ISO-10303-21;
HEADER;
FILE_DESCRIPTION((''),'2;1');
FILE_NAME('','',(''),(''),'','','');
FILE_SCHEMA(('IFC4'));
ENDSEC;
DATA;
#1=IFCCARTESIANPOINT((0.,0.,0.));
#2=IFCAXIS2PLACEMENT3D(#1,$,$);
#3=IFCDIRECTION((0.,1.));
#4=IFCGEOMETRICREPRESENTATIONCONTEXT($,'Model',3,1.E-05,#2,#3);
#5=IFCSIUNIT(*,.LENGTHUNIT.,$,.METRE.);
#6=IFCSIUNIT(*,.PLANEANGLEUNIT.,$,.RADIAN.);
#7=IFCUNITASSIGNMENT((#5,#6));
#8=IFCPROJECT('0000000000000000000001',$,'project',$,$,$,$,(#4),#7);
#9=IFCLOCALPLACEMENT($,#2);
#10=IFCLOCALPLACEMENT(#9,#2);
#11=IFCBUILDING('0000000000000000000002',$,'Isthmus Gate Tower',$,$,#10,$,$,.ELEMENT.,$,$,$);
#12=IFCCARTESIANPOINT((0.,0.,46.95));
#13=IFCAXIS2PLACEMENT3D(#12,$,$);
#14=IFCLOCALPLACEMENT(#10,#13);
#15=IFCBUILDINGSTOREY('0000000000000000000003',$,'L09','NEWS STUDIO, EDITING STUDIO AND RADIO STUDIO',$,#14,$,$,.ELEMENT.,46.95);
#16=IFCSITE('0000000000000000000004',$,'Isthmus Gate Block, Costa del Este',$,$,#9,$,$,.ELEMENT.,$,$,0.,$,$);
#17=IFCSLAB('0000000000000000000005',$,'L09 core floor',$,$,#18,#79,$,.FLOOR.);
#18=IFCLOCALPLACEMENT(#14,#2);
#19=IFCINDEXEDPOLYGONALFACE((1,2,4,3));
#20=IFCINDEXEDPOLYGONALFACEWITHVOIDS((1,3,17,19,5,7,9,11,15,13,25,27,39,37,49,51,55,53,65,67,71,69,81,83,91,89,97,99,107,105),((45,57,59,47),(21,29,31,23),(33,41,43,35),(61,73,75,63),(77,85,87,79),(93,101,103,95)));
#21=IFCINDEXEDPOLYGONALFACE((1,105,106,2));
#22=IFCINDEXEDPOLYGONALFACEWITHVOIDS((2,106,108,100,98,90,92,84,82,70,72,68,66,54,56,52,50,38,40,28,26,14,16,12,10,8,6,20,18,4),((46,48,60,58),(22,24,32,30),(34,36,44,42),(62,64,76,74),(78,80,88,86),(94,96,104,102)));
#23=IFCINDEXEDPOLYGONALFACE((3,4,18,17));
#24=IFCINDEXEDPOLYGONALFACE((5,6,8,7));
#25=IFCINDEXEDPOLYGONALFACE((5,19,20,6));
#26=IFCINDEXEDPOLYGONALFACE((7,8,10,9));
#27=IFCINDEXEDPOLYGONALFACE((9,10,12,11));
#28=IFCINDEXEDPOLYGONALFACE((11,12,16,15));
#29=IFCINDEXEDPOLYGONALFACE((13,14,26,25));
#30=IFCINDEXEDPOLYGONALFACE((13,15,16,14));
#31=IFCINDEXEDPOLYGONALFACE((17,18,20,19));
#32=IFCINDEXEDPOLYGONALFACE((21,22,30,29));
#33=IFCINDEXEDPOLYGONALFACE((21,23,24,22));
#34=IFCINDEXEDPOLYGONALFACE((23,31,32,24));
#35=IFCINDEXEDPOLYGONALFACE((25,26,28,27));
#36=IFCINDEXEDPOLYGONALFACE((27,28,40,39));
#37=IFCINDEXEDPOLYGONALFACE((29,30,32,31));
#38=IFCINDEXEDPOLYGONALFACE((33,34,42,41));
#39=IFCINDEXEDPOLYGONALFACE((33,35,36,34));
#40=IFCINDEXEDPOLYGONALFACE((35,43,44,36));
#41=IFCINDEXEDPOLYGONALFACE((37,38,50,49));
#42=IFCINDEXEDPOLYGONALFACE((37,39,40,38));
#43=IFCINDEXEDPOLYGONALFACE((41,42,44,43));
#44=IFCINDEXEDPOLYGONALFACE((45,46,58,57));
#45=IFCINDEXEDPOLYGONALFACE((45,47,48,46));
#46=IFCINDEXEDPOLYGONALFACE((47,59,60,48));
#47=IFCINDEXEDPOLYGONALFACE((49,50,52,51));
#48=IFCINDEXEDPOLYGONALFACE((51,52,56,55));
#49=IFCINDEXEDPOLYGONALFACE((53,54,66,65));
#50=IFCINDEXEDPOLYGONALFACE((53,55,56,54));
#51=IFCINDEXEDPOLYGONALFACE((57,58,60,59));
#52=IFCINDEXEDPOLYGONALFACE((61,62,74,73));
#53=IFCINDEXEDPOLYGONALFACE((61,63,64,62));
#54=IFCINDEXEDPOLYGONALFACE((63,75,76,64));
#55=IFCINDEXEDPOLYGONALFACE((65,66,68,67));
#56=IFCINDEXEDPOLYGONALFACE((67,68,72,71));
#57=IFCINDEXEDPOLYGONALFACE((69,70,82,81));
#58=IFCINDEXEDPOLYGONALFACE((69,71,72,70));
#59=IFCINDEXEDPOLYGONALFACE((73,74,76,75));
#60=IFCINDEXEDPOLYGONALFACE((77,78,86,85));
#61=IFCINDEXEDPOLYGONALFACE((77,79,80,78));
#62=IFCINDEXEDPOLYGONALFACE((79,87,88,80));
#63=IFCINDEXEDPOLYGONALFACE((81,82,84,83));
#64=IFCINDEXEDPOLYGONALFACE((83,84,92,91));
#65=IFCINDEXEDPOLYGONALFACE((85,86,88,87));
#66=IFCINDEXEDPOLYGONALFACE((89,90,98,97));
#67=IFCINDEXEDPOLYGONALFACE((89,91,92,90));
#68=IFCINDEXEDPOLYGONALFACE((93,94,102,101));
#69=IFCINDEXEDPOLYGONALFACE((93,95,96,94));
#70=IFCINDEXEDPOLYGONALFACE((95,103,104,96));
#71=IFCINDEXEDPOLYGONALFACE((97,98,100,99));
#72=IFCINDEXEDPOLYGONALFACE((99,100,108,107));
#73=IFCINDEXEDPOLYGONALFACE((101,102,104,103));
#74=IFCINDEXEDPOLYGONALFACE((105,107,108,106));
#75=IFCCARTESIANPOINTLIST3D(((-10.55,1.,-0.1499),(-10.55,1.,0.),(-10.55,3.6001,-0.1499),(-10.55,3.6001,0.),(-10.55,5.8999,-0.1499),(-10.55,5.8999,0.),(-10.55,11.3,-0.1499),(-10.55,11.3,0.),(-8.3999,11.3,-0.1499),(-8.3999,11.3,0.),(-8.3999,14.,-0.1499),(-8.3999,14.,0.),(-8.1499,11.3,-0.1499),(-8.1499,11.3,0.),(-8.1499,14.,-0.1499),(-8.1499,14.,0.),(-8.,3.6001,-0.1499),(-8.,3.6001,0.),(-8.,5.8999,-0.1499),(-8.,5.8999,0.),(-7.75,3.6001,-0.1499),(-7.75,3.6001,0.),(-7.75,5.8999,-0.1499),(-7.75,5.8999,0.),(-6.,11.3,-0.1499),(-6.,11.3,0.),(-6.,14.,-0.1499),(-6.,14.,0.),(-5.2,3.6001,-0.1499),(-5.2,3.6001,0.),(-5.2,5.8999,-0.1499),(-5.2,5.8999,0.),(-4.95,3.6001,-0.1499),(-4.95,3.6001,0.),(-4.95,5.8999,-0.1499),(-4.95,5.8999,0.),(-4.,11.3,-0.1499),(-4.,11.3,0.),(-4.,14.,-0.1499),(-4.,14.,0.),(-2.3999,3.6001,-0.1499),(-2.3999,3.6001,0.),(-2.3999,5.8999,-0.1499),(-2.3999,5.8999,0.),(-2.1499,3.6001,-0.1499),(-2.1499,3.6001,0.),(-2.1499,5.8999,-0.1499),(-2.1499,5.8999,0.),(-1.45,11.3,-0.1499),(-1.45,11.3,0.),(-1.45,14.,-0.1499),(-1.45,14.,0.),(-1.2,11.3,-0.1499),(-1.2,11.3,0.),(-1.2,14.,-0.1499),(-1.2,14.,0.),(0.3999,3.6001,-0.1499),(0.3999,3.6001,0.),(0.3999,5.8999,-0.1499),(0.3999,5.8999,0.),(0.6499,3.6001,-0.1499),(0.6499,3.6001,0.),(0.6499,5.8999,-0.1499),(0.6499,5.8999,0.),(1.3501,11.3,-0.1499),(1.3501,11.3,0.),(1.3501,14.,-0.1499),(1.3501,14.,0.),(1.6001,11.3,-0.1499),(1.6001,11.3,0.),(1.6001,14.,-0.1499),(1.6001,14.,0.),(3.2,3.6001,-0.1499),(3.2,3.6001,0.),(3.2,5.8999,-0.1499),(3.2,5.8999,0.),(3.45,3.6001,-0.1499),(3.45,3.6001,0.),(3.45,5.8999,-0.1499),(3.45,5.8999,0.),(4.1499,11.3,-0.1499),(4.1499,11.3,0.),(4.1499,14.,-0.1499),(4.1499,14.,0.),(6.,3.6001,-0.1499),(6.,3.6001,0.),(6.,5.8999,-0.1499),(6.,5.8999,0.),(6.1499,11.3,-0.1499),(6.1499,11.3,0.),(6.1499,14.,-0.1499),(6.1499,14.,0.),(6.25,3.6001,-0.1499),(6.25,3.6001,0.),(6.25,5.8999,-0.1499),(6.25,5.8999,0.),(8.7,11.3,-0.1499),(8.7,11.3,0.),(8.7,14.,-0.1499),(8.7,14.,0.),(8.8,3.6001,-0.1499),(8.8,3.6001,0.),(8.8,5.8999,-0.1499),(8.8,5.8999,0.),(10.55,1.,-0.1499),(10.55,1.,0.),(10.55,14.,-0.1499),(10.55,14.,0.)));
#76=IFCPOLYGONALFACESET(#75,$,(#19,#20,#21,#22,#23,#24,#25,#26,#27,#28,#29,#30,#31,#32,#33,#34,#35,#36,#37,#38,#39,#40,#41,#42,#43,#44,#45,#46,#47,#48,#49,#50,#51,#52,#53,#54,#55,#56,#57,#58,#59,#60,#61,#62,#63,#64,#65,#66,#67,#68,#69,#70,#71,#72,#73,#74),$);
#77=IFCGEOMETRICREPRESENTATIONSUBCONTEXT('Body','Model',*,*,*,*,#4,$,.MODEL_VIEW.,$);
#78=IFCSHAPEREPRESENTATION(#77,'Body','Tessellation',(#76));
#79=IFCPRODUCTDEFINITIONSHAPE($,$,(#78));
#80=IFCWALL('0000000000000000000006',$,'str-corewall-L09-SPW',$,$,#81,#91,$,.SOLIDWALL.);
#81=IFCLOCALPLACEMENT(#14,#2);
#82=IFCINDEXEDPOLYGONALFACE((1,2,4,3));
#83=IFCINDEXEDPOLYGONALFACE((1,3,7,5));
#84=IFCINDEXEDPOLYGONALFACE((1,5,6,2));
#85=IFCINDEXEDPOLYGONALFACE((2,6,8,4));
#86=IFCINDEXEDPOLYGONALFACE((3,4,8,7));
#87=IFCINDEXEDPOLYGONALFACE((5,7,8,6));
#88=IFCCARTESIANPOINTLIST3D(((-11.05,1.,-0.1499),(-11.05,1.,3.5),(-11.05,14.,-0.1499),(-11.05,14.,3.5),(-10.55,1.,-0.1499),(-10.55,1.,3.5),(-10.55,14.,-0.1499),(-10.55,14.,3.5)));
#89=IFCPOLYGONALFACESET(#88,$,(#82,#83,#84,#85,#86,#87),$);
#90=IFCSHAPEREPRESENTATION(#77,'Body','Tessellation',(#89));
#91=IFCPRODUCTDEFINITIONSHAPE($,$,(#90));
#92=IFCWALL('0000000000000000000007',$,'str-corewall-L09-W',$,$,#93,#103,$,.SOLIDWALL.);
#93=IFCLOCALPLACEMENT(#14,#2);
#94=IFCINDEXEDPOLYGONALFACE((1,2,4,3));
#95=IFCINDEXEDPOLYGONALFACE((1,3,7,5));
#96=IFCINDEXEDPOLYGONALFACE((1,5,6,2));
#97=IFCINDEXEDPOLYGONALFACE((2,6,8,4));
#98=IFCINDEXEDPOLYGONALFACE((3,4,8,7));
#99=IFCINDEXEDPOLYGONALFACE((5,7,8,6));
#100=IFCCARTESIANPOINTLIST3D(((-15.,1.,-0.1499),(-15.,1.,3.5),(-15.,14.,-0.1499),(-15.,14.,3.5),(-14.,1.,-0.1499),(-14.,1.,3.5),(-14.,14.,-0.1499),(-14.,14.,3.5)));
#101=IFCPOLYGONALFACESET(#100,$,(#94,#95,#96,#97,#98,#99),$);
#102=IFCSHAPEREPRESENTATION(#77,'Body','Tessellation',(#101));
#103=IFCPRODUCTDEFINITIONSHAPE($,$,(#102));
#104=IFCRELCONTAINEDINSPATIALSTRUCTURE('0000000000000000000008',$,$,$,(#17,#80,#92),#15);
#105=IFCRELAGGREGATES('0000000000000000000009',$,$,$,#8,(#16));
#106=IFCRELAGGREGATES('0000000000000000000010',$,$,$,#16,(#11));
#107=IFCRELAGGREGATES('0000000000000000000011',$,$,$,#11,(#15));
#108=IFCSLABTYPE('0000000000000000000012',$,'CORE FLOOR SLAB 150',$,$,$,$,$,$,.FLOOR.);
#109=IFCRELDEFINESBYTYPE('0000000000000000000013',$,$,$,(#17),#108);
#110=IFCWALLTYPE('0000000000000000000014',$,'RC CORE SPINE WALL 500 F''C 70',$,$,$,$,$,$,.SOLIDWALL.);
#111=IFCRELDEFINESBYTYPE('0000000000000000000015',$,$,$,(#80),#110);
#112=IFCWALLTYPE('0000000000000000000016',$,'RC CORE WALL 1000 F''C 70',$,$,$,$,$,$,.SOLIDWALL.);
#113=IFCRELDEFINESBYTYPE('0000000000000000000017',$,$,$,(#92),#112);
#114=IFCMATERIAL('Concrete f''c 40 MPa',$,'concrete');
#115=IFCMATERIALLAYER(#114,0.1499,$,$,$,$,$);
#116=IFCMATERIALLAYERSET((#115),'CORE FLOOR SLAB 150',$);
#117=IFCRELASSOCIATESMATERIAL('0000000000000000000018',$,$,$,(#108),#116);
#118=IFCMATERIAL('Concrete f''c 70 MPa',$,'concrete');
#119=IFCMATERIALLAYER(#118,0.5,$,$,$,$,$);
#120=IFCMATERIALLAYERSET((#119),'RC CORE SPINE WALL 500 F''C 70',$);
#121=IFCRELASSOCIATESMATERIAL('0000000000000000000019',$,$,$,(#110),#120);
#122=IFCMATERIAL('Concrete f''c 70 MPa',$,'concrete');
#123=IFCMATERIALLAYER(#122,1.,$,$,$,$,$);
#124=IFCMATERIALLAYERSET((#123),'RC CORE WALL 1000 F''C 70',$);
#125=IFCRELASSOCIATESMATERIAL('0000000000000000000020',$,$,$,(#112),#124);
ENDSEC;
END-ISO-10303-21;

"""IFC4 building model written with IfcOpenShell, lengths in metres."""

from ifc_helpers import new_model, si_unit, direction, frame, frame_2d, origin, place, context, subcontext, project, spatial, polyline, rectangle, outline, extrude, material, layer, layer_set, type_object, element, save


model = new_model("IFC4")

# Units and contexts
model_context = context("Model", 3, precision=1e-05, world=origin(), true_north=direction((0.0, 1.0)))
body_context = subcontext(model_context, "Body", "Model", "MODEL_VIEW")
ifc_project = project(units=[si_unit("LENGTHUNIT", "METRE"), si_unit("PLANEANGLEUNIT", "RADIAN")], contexts=[model_context])

# Site, building, storey
site_placement = place(None, origin())
site = spatial("IfcSite", under=ifc_project, at=site_placement, Name="Isthmus Gate Block, Costa del Este", CompositionType="ELEMENT", RefElevation=0.0)
building_placement = place(site_placement, origin())
building = spatial("IfcBuilding", under=site, at=building_placement, Name="Isthmus Gate Tower", CompositionType="ELEMENT")
storey_placement = place(building_placement, frame((0.0, 0.0, 46.95)))
storey = spatial("IfcBuildingStorey", under=building, at=storey_placement, Name="L09", Description="NEWS STUDIO, EDITING STUDIO AND RADIO STUDIO", CompositionType="ELEMENT", Elevation=46.95)

# Slab
ifc_material_1 = material(Name="Concrete f'c 40 MPa", Category="concrete")
ifc_layer_1 = layer(ifc_material_1, 0.1499)
ifc_layer_set_1 = layer_set([ifc_layer_1], Name="CORE FLOOR SLAB 150")
slab_type_1 = type_object("IfcSlabType", Name="CORE FLOOR SLAB 150", PredefinedType="FLOOR", material=ifc_layer_set_1)
slab_1_placement = place(storey_placement, frame((0.0, 0.0, -0.1499)))
element("IfcSlab", 1, at=slab_1_placement, inside=storey, type_object=slab_type_1, Name="L09 core floor", PredefinedType="FLOOR", context=body_context, shape_type="SweptSolid", body=[
    extrude(outline(polyline([(10.55, 14.0), (8.7, 14.0), (8.7, 11.3), (6.1499, 11.3), (6.1499, 14.0), (4.1499, 14.0), (4.1499, 11.3), (1.6001, 11.3), (1.6001, 14.0), (1.3501, 14.0), (1.3501, 11.3), (-1.2, 11.3), (-1.2, 14.0), (-1.45, 14.0), (-1.45, 11.3), (-4.0, 11.3), (-4.0, 14.0), (-6.0, 14.0), (-6.0, 11.3), (-8.1499, 11.3), (-8.1499, 14.0), (-8.3999, 14.0), (-8.3999, 11.3), (-10.55, 11.3), (-10.55, 5.8999), (-8.0, 5.8999), (-8.0, 3.6001), (-10.55, 3.6001), (-10.55, 1.0), (10.55, 1.0), (10.55, 14.0)]), holes=[polyline([(-5.2, 5.8999), (-5.2, 3.6001), (-7.75, 3.6001), (-7.75, 5.8999), (-5.2, 5.8999)]), polyline([(-2.3999, 5.8999), (-2.3999, 3.6001), (-4.95, 3.6001), (-4.95, 5.8999), (-2.3999, 5.8999)]), polyline([(0.3999, 5.8999), (0.3999, 3.6001), (-2.1499, 3.6001), (-2.1499, 5.8999), (0.3999, 5.8999)]), polyline([(3.2, 5.8999), (3.2, 3.6001), (0.6499, 3.6001), (0.6499, 5.8999), (3.2, 5.8999)]), polyline([(6.0, 5.8999), (6.0, 3.6001), (3.45, 3.6001), (3.45, 5.8999), (6.0, 5.8999)]), polyline([(8.8, 5.8999), (8.8, 3.6001), (6.25, 3.6001), (6.25, 5.8999), (8.8, 5.8999)])]), origin(), (0.0, 0.0, 1.0), 0.1499),
])

# Walls
ifc_material_2 = material(Name="Concrete f'c 70 MPa", Category="concrete")
ifc_layer_2 = layer(ifc_material_2, 0.5)
ifc_layer_set_2 = layer_set([ifc_layer_2], Name="RC CORE SPINE WALL 500 F'C 70")
wall_type_1 = type_object("IfcWallType", Name="RC CORE SPINE WALL 500 F'C 70", PredefinedType="SOLIDWALL", material=ifc_layer_set_2)
wall_1_placement = place(storey_placement, frame((-10.8, 1.0, -0.1499), z_axis=(0.0, 0.0, 1.0), x_axis=(0.0, 1.0, 0.0)))
element("IfcWall", 2, at=wall_1_placement, inside=storey, type_object=wall_type_1, Name="str-corewall-L09-SPW", PredefinedType="SOLIDWALL", context=body_context, shape_type="SweptSolid", body=[
    extrude(rectangle(XDim=13.0, YDim=0.5, at=frame_2d((6.5, 0.0))), origin(), (0.0, 0.0, 1.0), 3.6499),
])
ifc_material_3 = material(Name="Concrete f'c 70 MPa", Category="concrete")
ifc_layer_3 = layer(ifc_material_3, 1.0)
ifc_layer_set_3 = layer_set([ifc_layer_3], Name="RC CORE WALL 1000 F'C 70")
wall_type_2 = type_object("IfcWallType", Name="RC CORE WALL 1000 F'C 70", PredefinedType="SOLIDWALL", material=ifc_layer_set_3)
wall_2_placement = place(storey_placement, frame((-14.5, 1.0, -0.1499), z_axis=(0.0, 0.0, 1.0), x_axis=(0.0, 1.0, 0.0)))
element("IfcWall", 3, at=wall_2_placement, inside=storey, type_object=wall_type_2, Name="str-corewall-L09-W", PredefinedType="SOLIDWALL", context=body_context, shape_type="SweptSolid", body=[
    extrude(rectangle(XDim=13.0, YDim=1.0, at=frame_2d((6.5, 0.0))), origin(), (0.0, 0.0, 1.0), 3.6499),
])

save(model, "model.ifc")
